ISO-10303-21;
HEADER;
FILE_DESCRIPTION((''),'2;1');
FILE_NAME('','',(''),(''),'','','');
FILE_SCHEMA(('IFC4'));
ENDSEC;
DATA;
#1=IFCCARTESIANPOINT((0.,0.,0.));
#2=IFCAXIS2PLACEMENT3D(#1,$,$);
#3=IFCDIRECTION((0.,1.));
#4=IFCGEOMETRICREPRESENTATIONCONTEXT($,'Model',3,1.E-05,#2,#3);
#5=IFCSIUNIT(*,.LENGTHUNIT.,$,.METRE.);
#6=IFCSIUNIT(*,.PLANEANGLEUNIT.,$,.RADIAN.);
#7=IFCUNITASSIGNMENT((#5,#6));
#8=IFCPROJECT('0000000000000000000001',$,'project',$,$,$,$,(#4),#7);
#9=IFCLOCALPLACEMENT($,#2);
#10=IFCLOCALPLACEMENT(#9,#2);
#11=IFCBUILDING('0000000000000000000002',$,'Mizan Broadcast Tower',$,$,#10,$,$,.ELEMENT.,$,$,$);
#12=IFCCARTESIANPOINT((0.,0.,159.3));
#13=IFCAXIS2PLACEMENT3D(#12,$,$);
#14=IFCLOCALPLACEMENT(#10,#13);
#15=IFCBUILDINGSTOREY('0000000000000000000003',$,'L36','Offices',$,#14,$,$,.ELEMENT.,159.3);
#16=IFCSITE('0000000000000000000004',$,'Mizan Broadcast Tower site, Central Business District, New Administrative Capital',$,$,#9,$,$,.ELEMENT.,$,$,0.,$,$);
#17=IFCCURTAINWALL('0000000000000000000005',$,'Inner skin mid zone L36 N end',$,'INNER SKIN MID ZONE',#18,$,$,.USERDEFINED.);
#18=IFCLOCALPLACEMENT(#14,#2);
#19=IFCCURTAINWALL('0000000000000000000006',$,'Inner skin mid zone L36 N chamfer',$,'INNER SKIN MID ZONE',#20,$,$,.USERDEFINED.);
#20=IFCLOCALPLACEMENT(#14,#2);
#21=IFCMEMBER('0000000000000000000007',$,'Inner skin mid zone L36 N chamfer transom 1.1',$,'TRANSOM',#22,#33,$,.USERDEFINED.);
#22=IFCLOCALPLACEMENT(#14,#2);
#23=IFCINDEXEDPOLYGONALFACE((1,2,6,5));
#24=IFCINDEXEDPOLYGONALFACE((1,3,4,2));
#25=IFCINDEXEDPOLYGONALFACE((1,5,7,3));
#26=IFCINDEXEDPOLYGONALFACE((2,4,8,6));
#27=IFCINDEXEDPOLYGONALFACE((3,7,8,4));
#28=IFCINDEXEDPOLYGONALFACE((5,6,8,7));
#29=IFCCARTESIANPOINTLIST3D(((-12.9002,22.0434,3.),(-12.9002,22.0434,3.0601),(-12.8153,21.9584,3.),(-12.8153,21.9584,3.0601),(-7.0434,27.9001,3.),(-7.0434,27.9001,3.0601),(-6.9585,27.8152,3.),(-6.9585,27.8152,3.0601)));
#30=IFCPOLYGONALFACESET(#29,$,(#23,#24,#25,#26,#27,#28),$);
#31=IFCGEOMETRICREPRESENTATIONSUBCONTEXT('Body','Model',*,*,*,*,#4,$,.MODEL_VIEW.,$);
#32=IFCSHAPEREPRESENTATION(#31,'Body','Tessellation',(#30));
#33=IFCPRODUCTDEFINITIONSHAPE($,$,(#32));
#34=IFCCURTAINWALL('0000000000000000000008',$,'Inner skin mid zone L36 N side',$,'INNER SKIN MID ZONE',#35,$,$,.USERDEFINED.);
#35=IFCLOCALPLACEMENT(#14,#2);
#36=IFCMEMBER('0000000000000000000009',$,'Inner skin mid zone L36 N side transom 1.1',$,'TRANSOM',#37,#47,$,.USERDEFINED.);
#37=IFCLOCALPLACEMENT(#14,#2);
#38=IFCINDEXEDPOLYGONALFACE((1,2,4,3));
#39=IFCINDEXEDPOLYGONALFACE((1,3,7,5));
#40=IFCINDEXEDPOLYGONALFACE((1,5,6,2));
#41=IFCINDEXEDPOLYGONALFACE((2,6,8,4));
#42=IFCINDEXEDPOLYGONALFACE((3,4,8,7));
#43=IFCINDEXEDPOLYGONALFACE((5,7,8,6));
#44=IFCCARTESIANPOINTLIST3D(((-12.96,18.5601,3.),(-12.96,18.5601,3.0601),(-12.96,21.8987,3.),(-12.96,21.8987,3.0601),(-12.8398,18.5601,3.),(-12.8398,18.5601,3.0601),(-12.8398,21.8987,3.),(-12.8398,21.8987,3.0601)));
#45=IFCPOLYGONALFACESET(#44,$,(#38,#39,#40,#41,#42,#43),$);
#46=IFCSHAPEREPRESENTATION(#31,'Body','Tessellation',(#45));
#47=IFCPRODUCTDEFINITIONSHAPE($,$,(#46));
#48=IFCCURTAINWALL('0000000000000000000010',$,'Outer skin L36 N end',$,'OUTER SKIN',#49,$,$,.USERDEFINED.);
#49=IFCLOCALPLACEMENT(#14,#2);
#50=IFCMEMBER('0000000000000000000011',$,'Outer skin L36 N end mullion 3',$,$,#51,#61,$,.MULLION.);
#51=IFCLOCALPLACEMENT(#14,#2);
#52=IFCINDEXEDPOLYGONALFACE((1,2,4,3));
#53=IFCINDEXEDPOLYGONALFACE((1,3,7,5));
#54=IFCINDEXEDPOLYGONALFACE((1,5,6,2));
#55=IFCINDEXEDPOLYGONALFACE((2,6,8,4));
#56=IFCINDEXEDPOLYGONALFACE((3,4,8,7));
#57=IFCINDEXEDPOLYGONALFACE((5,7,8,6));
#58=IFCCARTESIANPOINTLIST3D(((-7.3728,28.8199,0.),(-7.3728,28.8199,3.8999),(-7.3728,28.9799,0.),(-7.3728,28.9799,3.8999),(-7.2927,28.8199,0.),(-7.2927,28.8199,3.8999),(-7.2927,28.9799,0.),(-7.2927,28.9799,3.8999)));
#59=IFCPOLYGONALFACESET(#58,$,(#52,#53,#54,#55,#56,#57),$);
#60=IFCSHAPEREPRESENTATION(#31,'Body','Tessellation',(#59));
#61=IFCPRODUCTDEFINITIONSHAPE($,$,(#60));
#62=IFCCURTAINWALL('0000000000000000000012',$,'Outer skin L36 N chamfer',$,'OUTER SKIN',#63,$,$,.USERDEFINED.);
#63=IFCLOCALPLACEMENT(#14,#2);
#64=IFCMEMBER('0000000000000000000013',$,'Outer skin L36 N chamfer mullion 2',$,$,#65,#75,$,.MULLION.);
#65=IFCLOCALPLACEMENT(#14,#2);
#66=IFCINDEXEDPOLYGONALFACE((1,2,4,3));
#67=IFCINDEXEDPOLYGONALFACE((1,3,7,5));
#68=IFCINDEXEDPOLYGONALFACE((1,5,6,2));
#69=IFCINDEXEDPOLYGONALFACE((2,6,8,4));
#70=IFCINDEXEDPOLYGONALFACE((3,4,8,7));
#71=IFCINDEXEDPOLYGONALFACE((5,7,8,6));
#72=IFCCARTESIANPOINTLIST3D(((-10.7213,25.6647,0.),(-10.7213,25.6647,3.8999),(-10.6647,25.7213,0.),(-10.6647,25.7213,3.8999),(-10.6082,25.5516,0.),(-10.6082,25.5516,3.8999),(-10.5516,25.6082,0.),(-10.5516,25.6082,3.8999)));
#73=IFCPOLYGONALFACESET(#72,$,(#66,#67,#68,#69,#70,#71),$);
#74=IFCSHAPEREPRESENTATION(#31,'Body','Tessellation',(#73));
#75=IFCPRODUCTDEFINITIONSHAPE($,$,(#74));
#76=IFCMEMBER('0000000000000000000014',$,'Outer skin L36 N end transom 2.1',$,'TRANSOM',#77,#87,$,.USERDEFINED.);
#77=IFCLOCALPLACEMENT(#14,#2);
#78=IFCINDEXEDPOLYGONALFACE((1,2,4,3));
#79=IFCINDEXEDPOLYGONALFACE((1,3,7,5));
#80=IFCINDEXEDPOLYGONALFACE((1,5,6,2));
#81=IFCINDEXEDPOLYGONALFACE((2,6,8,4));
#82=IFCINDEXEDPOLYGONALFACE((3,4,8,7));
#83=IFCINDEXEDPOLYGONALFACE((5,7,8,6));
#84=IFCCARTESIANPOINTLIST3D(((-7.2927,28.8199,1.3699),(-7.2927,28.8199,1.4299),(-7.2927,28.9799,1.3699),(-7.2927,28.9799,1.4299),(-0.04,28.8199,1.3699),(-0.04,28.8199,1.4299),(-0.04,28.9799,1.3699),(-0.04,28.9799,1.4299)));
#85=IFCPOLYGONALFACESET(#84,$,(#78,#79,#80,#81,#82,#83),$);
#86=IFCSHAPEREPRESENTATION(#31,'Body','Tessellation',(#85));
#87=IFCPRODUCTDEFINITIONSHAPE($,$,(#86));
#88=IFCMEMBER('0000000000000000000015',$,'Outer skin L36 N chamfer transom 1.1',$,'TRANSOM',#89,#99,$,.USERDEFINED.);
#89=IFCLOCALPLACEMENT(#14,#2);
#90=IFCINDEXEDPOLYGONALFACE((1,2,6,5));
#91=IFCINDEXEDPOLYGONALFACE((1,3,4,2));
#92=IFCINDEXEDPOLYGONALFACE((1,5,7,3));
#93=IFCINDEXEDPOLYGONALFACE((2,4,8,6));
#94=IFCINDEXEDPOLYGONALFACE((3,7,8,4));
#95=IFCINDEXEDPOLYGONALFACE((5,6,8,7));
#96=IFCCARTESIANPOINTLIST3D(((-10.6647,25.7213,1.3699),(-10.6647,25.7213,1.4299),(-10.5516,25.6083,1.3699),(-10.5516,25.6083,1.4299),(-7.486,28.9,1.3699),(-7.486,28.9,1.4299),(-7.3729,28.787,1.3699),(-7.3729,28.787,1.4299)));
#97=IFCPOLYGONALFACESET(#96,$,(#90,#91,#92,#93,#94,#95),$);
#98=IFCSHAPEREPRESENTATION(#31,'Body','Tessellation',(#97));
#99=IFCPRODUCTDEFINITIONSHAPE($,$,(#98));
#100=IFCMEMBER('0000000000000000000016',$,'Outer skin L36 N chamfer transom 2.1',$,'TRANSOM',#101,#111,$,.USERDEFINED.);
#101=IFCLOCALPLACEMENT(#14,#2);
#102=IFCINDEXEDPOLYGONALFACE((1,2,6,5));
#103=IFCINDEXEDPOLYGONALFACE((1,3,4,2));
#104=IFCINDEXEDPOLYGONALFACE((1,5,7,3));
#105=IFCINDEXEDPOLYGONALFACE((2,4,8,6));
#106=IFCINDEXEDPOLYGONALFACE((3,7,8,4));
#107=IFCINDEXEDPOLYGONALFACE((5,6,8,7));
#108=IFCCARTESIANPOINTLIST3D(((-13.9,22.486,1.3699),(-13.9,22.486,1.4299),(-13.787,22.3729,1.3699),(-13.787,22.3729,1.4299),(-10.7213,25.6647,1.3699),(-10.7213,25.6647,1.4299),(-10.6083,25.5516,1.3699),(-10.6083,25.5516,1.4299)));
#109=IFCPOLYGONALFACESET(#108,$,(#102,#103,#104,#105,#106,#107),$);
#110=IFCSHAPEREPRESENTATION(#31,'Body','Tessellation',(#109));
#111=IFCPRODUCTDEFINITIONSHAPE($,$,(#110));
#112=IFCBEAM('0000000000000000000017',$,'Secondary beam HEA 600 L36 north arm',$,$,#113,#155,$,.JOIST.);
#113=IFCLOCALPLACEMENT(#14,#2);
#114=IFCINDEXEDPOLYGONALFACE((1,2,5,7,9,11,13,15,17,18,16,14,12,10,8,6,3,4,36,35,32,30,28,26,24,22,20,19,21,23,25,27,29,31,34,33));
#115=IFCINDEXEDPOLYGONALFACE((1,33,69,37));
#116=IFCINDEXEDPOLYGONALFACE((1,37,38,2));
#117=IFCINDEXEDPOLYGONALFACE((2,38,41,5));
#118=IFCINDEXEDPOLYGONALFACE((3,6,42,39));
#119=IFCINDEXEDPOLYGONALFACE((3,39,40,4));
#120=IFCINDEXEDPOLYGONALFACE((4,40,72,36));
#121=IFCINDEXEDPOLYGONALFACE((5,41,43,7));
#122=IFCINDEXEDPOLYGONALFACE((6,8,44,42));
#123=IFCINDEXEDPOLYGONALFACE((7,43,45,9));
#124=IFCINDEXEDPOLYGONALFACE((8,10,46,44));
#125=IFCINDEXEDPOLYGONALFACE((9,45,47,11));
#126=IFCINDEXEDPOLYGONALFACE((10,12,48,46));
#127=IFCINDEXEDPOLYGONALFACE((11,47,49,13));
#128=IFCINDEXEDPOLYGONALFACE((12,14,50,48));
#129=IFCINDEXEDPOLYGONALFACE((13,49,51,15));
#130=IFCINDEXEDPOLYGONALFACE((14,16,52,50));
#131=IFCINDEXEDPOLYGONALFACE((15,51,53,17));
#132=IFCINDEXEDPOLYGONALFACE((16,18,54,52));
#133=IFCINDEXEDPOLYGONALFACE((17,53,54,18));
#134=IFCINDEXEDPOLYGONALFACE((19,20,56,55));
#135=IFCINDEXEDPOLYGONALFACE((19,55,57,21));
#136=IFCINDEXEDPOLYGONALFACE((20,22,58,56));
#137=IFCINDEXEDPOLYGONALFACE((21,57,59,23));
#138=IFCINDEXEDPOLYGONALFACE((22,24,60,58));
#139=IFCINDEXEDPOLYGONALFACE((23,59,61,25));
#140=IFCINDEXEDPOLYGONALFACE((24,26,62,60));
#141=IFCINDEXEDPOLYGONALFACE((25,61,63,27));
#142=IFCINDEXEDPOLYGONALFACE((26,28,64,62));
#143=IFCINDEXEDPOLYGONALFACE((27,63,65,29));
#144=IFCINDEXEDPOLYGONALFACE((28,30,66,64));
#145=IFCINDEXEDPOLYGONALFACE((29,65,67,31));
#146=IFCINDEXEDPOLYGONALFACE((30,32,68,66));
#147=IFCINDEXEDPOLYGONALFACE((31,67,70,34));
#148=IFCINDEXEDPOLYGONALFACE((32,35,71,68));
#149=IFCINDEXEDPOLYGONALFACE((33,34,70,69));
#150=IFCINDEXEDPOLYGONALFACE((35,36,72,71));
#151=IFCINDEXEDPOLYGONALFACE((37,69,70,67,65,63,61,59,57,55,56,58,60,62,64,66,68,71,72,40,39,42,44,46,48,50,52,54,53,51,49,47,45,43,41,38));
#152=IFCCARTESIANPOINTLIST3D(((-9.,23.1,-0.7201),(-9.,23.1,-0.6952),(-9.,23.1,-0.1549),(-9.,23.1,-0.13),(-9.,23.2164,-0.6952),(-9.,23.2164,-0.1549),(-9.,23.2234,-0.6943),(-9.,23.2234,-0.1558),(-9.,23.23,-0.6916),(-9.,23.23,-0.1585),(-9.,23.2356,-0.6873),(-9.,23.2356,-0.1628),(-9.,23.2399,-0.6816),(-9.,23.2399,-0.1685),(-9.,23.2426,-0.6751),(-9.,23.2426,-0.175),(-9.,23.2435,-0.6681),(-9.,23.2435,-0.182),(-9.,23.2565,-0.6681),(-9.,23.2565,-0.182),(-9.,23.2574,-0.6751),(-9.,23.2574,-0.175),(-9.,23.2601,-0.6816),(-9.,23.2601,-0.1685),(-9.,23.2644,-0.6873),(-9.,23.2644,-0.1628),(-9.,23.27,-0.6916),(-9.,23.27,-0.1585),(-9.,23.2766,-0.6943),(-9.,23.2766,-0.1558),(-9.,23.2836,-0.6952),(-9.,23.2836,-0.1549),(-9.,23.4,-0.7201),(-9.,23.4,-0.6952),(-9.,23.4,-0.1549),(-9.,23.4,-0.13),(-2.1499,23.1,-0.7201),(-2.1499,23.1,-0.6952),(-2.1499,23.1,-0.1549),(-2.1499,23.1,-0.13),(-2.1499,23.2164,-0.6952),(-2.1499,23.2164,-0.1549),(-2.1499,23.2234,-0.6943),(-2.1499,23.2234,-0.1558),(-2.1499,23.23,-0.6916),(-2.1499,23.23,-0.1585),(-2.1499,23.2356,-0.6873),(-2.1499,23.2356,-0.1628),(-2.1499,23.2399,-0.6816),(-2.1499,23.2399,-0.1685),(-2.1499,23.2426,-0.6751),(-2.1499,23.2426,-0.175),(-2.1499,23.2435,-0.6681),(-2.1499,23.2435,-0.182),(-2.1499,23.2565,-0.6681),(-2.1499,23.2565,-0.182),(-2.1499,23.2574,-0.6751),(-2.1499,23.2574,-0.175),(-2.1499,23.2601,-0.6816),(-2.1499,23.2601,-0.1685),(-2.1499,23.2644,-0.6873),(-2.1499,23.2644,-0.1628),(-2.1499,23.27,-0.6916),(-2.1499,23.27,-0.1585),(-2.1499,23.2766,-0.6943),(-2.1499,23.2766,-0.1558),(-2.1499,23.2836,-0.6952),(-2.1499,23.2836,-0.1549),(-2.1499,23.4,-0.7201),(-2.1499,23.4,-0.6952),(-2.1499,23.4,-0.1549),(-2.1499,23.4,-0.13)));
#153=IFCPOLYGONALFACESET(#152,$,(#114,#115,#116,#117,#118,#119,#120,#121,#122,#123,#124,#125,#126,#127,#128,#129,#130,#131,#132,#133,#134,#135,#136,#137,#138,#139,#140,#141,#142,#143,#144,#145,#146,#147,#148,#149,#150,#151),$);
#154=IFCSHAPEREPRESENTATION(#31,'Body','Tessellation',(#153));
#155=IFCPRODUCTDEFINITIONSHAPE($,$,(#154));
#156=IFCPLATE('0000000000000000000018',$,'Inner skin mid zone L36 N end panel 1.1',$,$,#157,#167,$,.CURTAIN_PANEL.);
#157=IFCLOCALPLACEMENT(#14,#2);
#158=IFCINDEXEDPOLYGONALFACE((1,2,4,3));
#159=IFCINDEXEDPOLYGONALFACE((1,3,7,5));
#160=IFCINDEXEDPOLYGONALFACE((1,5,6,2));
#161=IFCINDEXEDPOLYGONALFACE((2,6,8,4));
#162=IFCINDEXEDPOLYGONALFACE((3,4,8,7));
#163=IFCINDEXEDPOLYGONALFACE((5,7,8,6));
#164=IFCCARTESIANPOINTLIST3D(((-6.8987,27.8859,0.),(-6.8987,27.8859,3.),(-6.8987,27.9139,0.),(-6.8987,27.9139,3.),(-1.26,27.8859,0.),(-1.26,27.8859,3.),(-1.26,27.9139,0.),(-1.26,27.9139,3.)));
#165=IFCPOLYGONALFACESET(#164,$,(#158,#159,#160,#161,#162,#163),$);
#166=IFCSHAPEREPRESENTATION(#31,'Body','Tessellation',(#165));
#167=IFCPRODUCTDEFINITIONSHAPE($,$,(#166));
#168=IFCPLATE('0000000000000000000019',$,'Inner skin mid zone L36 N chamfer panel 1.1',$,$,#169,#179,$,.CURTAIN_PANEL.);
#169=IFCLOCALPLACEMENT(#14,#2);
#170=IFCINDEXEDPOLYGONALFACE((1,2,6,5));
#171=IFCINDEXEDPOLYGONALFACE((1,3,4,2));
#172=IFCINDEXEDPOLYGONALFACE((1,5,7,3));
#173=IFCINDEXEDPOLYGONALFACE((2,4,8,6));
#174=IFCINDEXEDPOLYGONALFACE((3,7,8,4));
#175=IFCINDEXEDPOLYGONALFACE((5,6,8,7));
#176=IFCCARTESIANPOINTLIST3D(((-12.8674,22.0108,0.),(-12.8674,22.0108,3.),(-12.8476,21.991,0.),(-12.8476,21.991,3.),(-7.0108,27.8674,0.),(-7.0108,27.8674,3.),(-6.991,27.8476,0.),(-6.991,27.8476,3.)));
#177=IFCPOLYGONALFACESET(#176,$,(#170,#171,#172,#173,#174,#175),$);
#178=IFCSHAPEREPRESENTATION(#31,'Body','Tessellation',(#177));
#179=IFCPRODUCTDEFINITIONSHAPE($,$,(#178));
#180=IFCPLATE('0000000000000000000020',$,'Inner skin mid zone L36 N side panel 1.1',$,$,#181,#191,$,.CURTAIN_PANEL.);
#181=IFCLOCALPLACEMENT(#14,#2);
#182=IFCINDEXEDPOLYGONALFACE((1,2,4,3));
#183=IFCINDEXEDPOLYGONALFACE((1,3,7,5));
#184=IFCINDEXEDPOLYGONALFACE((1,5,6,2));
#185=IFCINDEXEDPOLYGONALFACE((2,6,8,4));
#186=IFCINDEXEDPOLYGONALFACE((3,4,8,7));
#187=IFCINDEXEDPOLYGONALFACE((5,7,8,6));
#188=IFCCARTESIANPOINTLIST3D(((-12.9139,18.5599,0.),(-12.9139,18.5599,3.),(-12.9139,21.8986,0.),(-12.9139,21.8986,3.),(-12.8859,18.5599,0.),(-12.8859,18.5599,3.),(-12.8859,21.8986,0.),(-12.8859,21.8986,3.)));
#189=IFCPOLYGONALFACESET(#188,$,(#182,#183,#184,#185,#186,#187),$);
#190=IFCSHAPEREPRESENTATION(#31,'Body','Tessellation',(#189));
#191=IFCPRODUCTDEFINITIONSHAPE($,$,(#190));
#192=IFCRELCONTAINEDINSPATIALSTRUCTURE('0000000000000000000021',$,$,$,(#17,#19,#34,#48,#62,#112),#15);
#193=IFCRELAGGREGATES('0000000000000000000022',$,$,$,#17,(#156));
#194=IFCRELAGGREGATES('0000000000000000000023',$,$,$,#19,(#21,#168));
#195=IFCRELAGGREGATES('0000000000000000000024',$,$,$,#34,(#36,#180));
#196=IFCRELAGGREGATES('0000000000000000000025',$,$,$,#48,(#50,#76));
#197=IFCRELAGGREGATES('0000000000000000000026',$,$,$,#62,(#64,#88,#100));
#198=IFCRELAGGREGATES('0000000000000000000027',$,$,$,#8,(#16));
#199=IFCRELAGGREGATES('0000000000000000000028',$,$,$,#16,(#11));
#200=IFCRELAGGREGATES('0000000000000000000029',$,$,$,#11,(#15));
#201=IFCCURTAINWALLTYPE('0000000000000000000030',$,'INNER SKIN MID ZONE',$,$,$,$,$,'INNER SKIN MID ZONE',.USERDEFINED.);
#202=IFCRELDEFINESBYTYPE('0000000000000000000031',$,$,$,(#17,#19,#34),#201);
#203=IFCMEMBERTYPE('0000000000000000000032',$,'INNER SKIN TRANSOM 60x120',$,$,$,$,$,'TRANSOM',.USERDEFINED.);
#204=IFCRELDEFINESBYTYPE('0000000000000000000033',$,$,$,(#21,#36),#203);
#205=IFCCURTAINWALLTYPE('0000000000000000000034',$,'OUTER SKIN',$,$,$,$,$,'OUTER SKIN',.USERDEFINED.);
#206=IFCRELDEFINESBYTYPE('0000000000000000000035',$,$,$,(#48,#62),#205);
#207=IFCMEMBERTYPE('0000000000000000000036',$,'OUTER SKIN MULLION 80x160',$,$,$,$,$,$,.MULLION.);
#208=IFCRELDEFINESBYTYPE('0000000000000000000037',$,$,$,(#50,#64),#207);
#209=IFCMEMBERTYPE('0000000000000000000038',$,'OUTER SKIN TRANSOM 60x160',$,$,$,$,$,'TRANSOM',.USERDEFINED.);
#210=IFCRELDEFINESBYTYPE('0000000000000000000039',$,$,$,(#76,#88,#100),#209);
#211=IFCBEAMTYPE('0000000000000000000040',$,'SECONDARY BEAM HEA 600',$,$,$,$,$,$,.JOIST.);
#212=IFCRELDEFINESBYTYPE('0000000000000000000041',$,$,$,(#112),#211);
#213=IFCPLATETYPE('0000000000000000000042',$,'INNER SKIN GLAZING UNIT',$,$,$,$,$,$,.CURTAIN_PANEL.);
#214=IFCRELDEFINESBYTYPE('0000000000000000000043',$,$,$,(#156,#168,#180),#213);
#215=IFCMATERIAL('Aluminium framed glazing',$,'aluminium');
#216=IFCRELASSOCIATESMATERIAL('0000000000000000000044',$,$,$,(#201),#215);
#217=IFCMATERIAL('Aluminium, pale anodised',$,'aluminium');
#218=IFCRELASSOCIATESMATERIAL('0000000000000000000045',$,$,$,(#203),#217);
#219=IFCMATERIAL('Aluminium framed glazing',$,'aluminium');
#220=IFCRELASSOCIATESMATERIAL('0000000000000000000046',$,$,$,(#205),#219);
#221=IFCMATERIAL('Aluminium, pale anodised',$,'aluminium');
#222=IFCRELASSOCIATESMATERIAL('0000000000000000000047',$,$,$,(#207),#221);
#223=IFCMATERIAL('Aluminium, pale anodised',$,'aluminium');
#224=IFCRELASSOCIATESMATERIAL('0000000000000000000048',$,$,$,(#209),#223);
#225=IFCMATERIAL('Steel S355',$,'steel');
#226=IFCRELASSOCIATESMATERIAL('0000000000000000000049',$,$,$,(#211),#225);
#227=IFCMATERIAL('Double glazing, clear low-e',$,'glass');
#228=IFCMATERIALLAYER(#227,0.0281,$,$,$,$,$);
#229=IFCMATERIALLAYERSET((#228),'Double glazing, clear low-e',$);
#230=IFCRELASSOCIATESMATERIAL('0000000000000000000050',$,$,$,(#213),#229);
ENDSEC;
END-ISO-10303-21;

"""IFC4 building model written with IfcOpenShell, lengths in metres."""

from ifc_helpers import new_model, si_unit, direction, frame, origin, origin_2d, place, context, subcontext, project, spatial, rectangle, i_section, extrude, material, layer, layer_set, material_profile, profile_set, type_object, element, aggregate, save


model = new_model("IFC4")

# Units and contexts
model_context = context("Model", 3, precision=1e-05, world=origin(), true_north=direction((0.0, 1.0)))
body_context = subcontext(model_context, "Body", "Model", "MODEL_VIEW")
ifc_project = project(units=[si_unit("LENGTHUNIT", "METRE"), si_unit("PLANEANGLEUNIT", "RADIAN")], contexts=[model_context])

# Site, building, storey
site_placement = place(None, origin())
site = spatial("IfcSite", under=ifc_project, at=site_placement, Name="Mizan Broadcast Tower site, Central Business District, New Administrative Capital", CompositionType="ELEMENT", RefElevation=0.0)
building_placement = place(site_placement, origin())
building = spatial("IfcBuilding", under=site, at=building_placement, Name="Mizan Broadcast Tower", CompositionType="ELEMENT")
storey_placement = place(building_placement, frame((0.0, 0.0, 159.3)))
storey = spatial("IfcBuildingStorey", under=building, at=storey_placement, Name="L36", Description="Offices", CompositionType="ELEMENT", Elevation=159.3)

# Curtain wall
ifc_material_1 = material(Name="Aluminium framed glazing", Category="aluminium")
curtain_wall_type_1 = type_object("IfcCurtainWallType", Name="INNER SKIN MID ZONE", ElementType="INNER SKIN MID ZONE", PredefinedType="USERDEFINED", material=ifc_material_1)
curtain_wall_1_placement = place(storey_placement, origin())
curtain_wall_1 = element("IfcCurtainWall", 1, at=curtain_wall_1_placement, inside=storey, type_object=curtain_wall_type_1, Name="Inner skin mid zone L36 N end", ObjectType="INNER SKIN MID ZONE", PredefinedType="USERDEFINED")

# Curtain wall
curtain_wall_2_placement = place(storey_placement, origin())
curtain_wall_2 = element("IfcCurtainWall", 2, at=curtain_wall_2_placement, inside=storey, type_object=curtain_wall_type_1, Name="Inner skin mid zone L36 N chamfer", ObjectType="INNER SKIN MID ZONE", PredefinedType="USERDEFINED")

# Member
ifc_material_2 = material(Name="Aluminium, pale anodised", Category="aluminium")
ifc_material_profile_1 = material_profile(ifc_material_2, rectangle(XDim=0.1201, YDim=0.0601, at=origin_2d()), Name="TRANSOM 120x60")
ifc_profile_set_1 = profile_set([ifc_material_profile_1], Name="Aluminium, pale anodised")
member_type_1 = type_object("IfcMemberType", Name="INNER SKIN TRANSOM 60x120", ElementType="TRANSOM", PredefinedType="USERDEFINED", material=ifc_profile_set_1)
member_1_placement = place(storey_placement, frame((-7.001, 27.8577, 3.03), z_axis=(-0.707107, -0.707107, 0.0), x_axis=(0.707107, -0.707107, 0.0)))
member_1 = element("IfcMember", 3, at=member_1_placement, type_object=member_type_1, Name="Inner skin mid zone L36 N chamfer transom 1.1", ObjectType="TRANSOM", PredefinedType="USERDEFINED", context=body_context, shape_type="SweptSolid", body=[
    extrude(rectangle(XDim=0.1201, YDim=0.0601, at=origin_2d()), origin(), (0.0, 0.0, 1.0), 8.2827),
])

# Curtain walls, members
curtain_wall_3_placement = place(storey_placement, origin())
curtain_wall_3 = element("IfcCurtainWall", 4, at=curtain_wall_3_placement, inside=storey, type_object=curtain_wall_type_1, Name="Inner skin mid zone L36 N side", ObjectType="INNER SKIN MID ZONE", PredefinedType="USERDEFINED")
member_2_placement = place(storey_placement, frame((-12.8999, 21.8987, 3.03), z_axis=(0.0, -1.0, 0.0), x_axis=(1.0, 0.0, 0.0)))
member_2 = element("IfcMember", 5, at=member_2_placement, type_object=member_type_1, Name="Inner skin mid zone L36 N side transom 1.1", ObjectType="TRANSOM", PredefinedType="USERDEFINED", context=body_context, shape_type="SweptSolid", body=[
    extrude(rectangle(XDim=0.1201, YDim=0.0601, at=origin_2d()), origin(), (0.0, 0.0, 1.0), 3.3386),
])
ifc_material_3 = material(Name="Aluminium framed glazing", Category="aluminium")
curtain_wall_type_2 = type_object("IfcCurtainWallType", Name="OUTER SKIN", ElementType="OUTER SKIN", PredefinedType="USERDEFINED", material=ifc_material_3)
curtain_wall_4_placement = place(storey_placement, origin())
curtain_wall_4 = element("IfcCurtainWall", 6, at=curtain_wall_4_placement, inside=storey, type_object=curtain_wall_type_2, Name="Outer skin L36 N end", ObjectType="OUTER SKIN", PredefinedType="USERDEFINED")
ifc_material_4 = material(Name="Aluminium, pale anodised", Category="aluminium")
ifc_material_profile_2 = material_profile(ifc_material_4, rectangle(XDim=0.1599, YDim=0.0801, at=origin_2d()), Name="MULLION 160x80")
ifc_profile_set_2 = profile_set([ifc_material_profile_2], Name="Aluminium, pale anodised")
member_type_2 = type_object("IfcMemberType", Name="OUTER SKIN MULLION 80x160", PredefinedType="MULLION", material=ifc_profile_set_2)
member_3_placement = place(storey_placement, frame((-7.3328, 28.8999, 0.0), z_axis=(0.0, 0.0, 1.0), x_axis=(0.0, -1.0, 0.0)))
member_3 = element("IfcMember", 7, at=member_3_placement, type_object=member_type_2, Name="Outer skin L36 N end mullion 3", PredefinedType="MULLION", context=body_context, shape_type="SweptSolid", body=[
    extrude(rectangle(XDim=0.1599, YDim=0.0801, at=origin_2d()), origin(), (0.0, 0.0, 1.0), 3.8999),
])
curtain_wall_5_placement = place(storey_placement, origin())
curtain_wall_5 = element("IfcCurtainWall", 8, at=curtain_wall_5_placement, inside=storey, type_object=curtain_wall_type_2, Name="Outer skin L36 N chamfer", ObjectType="OUTER SKIN", PredefinedType="USERDEFINED")
member_4_placement = place(storey_placement, frame((-10.6365, 25.6365, 0.0), z_axis=(0.0, 0.0, 1.0), x_axis=(0.707107, -0.707107, 0.0)))
member_4 = element("IfcMember", 9, at=member_4_placement, type_object=member_type_2, Name="Outer skin L36 N chamfer mullion 2", PredefinedType="MULLION", context=body_context, shape_type="SweptSolid", body=[
    extrude(rectangle(XDim=0.1599, YDim=0.0801, at=origin_2d()), origin(), (0.0, 0.0, 1.0), 3.8999),
])

# Members
ifc_material_5 = material(Name="Aluminium, pale anodised", Category="aluminium")
ifc_material_profile_3 = material_profile(ifc_material_5, rectangle(XDim=0.1599, YDim=0.0601, at=origin_2d()), Name="TRANSOM 160x60")
ifc_profile_set_3 = profile_set([ifc_material_profile_3], Name="Aluminium, pale anodised")
member_type_3 = type_object("IfcMemberType", Name="OUTER SKIN TRANSOM 60x160", ElementType="TRANSOM", PredefinedType="USERDEFINED", material=ifc_profile_set_3)
member_5_placement = place(storey_placement, frame((-0.04, 28.8999, 1.3999), z_axis=(-1.0, 0.0, 0.0), x_axis=(0.0, -1.0, 0.0)))
member_5 = element("IfcMember", 10, at=member_5_placement, type_object=member_type_3, Name="Outer skin L36 N end transom 2.1", ObjectType="TRANSOM", PredefinedType="USERDEFINED", context=body_context, shape_type="SweptSolid", body=[
    extrude(rectangle(XDim=0.1599, YDim=0.0601, at=origin_2d()), origin(), (0.0, 0.0, 1.0), 7.2527),
])
member_6_placement = place(storey_placement, frame((-7.4294, 28.8435, 1.3999), z_axis=(-0.707107, -0.707107, 0.0), x_axis=(0.707107, -0.707107, 0.0)))
member_6 = element("IfcMember", 11, at=member_6_placement, type_object=member_type_3, Name="Outer skin L36 N chamfer transom 1.1", ObjectType="TRANSOM", PredefinedType="USERDEFINED", context=body_context, shape_type="SweptSolid", body=[
    extrude(rectangle(XDim=0.1599, YDim=0.0601, at=origin_2d()), origin(), (0.0, 0.0, 1.0), 4.4954),
])
member_7_placement = place(storey_placement, frame((-10.6648, 25.6082, 1.3999), z_axis=(-0.707107, -0.707107, 0.0), x_axis=(0.707107, -0.707107, 0.0)))
member_7 = element("IfcMember", 12, at=member_7_placement, type_object=member_type_3, Name="Outer skin L36 N chamfer transom 2.1", ObjectType="TRANSOM", PredefinedType="USERDEFINED", context=body_context, shape_type="SweptSolid", body=[
    extrude(rectangle(XDim=0.1599, YDim=0.0601, at=origin_2d()), origin(), (0.0, 0.0, 1.0), 4.4954),
])

# Beam
ifc_material_6 = material(Name="Steel S355", Category="steel")
ifc_material_profile_4 = material_profile(ifc_material_6, i_section(OverallWidth=0.3, OverallDepth=0.5901, WebThickness=0.0129, FlangeThickness=0.0249, FilletRadius=0.0271, at=origin_2d()), Name="HEA 600")
ifc_profile_set_4 = profile_set([ifc_material_profile_4], Name="Steel S355")
beam_type_1 = type_object("IfcBeamType", Name="SECONDARY BEAM HEA 600", PredefinedType="JOIST", material=ifc_profile_set_4)
beam_1_placement = place(storey_placement, frame((-9.0, 23.25, -0.425), z_axis=(1.0, 0.0, 0.0), x_axis=(0.0, 1.0, 0.0)))
element("IfcBeam", 13, at=beam_1_placement, inside=storey, type_object=beam_type_1, Name="Secondary beam HEA 600 L36 north arm", PredefinedType="JOIST", context=body_context, shape_type="SweptSolid", body=[
    extrude(i_section(OverallWidth=0.3, OverallDepth=0.5901, WebThickness=0.0129, FlangeThickness=0.0249, FilletRadius=0.0271, at=origin_2d()), origin(), (0.0, 0.0, 1.0), 6.8501),
])

# Plates
ifc_material_7 = material(Name="Double glazing, clear low-e", Category="glass")
ifc_layer_1 = layer(ifc_material_7, 0.0281)
ifc_layer_set_1 = layer_set([ifc_layer_1], Name="Double glazing, clear low-e")
plate_type_1 = type_object("IfcPlateType", Name="INNER SKIN GLAZING UNIT", PredefinedType="CURTAIN_PANEL", material=ifc_layer_set_1)
plate_1_placement = place(storey_placement, frame((-4.0793, 27.8999, 0.0), z_axis=(0.0, 0.0, 1.0), x_axis=(-1.0, 0.0, 0.0)))
plate_1 = element("IfcPlate", 14, at=plate_1_placement, type_object=plate_type_1, Name="Inner skin mid zone L36 N end panel 1.1", PredefinedType="CURTAIN_PANEL", context=body_context, shape_type="SweptSolid", body=[
    extrude(rectangle(XDim=5.6387, YDim=0.0281, at=origin_2d()), origin(), (0.0, 0.0, 1.0), 3.0),
])
plate_2_placement = place(storey_placement, frame((-9.9292, 24.9292, 0.0), z_axis=(0.0, 0.0, 1.0), x_axis=(-0.707107, -0.707107, 0.0)))
plate_2 = element("IfcPlate", 15, at=plate_2_placement, type_object=plate_type_1, Name="Inner skin mid zone L36 N chamfer panel 1.1", PredefinedType="CURTAIN_PANEL", context=body_context, shape_type="SweptSolid", body=[
    extrude(rectangle(XDim=8.2825, YDim=0.0281, at=origin_2d()), origin(), (0.0, 0.0, 1.0), 3.0),
])
plate_3_placement = place(storey_placement, frame((-12.8999, 20.2292, 0.0), z_axis=(0.0, 0.0, 1.0), x_axis=(0.0, -1.0, 0.0)))
plate_3 = element("IfcPlate", 16, at=plate_3_placement, type_object=plate_type_1, Name="Inner skin mid zone L36 N side panel 1.1", PredefinedType="CURTAIN_PANEL", context=body_context, shape_type="SweptSolid", body=[
    extrude(rectangle(XDim=3.3386, YDim=0.0281, at=origin_2d()), origin(), (0.0, 0.0, 1.0), 3.0),
])
aggregate(curtain_wall_1, [plate_1])
aggregate(curtain_wall_2, [member_1, plate_2])
aggregate(curtain_wall_3, [member_2, plate_3])
aggregate(curtain_wall_4, [member_3, member_5])
aggregate(curtain_wall_5, [member_4, member_6, member_7])

save(model, "model.ifc")
